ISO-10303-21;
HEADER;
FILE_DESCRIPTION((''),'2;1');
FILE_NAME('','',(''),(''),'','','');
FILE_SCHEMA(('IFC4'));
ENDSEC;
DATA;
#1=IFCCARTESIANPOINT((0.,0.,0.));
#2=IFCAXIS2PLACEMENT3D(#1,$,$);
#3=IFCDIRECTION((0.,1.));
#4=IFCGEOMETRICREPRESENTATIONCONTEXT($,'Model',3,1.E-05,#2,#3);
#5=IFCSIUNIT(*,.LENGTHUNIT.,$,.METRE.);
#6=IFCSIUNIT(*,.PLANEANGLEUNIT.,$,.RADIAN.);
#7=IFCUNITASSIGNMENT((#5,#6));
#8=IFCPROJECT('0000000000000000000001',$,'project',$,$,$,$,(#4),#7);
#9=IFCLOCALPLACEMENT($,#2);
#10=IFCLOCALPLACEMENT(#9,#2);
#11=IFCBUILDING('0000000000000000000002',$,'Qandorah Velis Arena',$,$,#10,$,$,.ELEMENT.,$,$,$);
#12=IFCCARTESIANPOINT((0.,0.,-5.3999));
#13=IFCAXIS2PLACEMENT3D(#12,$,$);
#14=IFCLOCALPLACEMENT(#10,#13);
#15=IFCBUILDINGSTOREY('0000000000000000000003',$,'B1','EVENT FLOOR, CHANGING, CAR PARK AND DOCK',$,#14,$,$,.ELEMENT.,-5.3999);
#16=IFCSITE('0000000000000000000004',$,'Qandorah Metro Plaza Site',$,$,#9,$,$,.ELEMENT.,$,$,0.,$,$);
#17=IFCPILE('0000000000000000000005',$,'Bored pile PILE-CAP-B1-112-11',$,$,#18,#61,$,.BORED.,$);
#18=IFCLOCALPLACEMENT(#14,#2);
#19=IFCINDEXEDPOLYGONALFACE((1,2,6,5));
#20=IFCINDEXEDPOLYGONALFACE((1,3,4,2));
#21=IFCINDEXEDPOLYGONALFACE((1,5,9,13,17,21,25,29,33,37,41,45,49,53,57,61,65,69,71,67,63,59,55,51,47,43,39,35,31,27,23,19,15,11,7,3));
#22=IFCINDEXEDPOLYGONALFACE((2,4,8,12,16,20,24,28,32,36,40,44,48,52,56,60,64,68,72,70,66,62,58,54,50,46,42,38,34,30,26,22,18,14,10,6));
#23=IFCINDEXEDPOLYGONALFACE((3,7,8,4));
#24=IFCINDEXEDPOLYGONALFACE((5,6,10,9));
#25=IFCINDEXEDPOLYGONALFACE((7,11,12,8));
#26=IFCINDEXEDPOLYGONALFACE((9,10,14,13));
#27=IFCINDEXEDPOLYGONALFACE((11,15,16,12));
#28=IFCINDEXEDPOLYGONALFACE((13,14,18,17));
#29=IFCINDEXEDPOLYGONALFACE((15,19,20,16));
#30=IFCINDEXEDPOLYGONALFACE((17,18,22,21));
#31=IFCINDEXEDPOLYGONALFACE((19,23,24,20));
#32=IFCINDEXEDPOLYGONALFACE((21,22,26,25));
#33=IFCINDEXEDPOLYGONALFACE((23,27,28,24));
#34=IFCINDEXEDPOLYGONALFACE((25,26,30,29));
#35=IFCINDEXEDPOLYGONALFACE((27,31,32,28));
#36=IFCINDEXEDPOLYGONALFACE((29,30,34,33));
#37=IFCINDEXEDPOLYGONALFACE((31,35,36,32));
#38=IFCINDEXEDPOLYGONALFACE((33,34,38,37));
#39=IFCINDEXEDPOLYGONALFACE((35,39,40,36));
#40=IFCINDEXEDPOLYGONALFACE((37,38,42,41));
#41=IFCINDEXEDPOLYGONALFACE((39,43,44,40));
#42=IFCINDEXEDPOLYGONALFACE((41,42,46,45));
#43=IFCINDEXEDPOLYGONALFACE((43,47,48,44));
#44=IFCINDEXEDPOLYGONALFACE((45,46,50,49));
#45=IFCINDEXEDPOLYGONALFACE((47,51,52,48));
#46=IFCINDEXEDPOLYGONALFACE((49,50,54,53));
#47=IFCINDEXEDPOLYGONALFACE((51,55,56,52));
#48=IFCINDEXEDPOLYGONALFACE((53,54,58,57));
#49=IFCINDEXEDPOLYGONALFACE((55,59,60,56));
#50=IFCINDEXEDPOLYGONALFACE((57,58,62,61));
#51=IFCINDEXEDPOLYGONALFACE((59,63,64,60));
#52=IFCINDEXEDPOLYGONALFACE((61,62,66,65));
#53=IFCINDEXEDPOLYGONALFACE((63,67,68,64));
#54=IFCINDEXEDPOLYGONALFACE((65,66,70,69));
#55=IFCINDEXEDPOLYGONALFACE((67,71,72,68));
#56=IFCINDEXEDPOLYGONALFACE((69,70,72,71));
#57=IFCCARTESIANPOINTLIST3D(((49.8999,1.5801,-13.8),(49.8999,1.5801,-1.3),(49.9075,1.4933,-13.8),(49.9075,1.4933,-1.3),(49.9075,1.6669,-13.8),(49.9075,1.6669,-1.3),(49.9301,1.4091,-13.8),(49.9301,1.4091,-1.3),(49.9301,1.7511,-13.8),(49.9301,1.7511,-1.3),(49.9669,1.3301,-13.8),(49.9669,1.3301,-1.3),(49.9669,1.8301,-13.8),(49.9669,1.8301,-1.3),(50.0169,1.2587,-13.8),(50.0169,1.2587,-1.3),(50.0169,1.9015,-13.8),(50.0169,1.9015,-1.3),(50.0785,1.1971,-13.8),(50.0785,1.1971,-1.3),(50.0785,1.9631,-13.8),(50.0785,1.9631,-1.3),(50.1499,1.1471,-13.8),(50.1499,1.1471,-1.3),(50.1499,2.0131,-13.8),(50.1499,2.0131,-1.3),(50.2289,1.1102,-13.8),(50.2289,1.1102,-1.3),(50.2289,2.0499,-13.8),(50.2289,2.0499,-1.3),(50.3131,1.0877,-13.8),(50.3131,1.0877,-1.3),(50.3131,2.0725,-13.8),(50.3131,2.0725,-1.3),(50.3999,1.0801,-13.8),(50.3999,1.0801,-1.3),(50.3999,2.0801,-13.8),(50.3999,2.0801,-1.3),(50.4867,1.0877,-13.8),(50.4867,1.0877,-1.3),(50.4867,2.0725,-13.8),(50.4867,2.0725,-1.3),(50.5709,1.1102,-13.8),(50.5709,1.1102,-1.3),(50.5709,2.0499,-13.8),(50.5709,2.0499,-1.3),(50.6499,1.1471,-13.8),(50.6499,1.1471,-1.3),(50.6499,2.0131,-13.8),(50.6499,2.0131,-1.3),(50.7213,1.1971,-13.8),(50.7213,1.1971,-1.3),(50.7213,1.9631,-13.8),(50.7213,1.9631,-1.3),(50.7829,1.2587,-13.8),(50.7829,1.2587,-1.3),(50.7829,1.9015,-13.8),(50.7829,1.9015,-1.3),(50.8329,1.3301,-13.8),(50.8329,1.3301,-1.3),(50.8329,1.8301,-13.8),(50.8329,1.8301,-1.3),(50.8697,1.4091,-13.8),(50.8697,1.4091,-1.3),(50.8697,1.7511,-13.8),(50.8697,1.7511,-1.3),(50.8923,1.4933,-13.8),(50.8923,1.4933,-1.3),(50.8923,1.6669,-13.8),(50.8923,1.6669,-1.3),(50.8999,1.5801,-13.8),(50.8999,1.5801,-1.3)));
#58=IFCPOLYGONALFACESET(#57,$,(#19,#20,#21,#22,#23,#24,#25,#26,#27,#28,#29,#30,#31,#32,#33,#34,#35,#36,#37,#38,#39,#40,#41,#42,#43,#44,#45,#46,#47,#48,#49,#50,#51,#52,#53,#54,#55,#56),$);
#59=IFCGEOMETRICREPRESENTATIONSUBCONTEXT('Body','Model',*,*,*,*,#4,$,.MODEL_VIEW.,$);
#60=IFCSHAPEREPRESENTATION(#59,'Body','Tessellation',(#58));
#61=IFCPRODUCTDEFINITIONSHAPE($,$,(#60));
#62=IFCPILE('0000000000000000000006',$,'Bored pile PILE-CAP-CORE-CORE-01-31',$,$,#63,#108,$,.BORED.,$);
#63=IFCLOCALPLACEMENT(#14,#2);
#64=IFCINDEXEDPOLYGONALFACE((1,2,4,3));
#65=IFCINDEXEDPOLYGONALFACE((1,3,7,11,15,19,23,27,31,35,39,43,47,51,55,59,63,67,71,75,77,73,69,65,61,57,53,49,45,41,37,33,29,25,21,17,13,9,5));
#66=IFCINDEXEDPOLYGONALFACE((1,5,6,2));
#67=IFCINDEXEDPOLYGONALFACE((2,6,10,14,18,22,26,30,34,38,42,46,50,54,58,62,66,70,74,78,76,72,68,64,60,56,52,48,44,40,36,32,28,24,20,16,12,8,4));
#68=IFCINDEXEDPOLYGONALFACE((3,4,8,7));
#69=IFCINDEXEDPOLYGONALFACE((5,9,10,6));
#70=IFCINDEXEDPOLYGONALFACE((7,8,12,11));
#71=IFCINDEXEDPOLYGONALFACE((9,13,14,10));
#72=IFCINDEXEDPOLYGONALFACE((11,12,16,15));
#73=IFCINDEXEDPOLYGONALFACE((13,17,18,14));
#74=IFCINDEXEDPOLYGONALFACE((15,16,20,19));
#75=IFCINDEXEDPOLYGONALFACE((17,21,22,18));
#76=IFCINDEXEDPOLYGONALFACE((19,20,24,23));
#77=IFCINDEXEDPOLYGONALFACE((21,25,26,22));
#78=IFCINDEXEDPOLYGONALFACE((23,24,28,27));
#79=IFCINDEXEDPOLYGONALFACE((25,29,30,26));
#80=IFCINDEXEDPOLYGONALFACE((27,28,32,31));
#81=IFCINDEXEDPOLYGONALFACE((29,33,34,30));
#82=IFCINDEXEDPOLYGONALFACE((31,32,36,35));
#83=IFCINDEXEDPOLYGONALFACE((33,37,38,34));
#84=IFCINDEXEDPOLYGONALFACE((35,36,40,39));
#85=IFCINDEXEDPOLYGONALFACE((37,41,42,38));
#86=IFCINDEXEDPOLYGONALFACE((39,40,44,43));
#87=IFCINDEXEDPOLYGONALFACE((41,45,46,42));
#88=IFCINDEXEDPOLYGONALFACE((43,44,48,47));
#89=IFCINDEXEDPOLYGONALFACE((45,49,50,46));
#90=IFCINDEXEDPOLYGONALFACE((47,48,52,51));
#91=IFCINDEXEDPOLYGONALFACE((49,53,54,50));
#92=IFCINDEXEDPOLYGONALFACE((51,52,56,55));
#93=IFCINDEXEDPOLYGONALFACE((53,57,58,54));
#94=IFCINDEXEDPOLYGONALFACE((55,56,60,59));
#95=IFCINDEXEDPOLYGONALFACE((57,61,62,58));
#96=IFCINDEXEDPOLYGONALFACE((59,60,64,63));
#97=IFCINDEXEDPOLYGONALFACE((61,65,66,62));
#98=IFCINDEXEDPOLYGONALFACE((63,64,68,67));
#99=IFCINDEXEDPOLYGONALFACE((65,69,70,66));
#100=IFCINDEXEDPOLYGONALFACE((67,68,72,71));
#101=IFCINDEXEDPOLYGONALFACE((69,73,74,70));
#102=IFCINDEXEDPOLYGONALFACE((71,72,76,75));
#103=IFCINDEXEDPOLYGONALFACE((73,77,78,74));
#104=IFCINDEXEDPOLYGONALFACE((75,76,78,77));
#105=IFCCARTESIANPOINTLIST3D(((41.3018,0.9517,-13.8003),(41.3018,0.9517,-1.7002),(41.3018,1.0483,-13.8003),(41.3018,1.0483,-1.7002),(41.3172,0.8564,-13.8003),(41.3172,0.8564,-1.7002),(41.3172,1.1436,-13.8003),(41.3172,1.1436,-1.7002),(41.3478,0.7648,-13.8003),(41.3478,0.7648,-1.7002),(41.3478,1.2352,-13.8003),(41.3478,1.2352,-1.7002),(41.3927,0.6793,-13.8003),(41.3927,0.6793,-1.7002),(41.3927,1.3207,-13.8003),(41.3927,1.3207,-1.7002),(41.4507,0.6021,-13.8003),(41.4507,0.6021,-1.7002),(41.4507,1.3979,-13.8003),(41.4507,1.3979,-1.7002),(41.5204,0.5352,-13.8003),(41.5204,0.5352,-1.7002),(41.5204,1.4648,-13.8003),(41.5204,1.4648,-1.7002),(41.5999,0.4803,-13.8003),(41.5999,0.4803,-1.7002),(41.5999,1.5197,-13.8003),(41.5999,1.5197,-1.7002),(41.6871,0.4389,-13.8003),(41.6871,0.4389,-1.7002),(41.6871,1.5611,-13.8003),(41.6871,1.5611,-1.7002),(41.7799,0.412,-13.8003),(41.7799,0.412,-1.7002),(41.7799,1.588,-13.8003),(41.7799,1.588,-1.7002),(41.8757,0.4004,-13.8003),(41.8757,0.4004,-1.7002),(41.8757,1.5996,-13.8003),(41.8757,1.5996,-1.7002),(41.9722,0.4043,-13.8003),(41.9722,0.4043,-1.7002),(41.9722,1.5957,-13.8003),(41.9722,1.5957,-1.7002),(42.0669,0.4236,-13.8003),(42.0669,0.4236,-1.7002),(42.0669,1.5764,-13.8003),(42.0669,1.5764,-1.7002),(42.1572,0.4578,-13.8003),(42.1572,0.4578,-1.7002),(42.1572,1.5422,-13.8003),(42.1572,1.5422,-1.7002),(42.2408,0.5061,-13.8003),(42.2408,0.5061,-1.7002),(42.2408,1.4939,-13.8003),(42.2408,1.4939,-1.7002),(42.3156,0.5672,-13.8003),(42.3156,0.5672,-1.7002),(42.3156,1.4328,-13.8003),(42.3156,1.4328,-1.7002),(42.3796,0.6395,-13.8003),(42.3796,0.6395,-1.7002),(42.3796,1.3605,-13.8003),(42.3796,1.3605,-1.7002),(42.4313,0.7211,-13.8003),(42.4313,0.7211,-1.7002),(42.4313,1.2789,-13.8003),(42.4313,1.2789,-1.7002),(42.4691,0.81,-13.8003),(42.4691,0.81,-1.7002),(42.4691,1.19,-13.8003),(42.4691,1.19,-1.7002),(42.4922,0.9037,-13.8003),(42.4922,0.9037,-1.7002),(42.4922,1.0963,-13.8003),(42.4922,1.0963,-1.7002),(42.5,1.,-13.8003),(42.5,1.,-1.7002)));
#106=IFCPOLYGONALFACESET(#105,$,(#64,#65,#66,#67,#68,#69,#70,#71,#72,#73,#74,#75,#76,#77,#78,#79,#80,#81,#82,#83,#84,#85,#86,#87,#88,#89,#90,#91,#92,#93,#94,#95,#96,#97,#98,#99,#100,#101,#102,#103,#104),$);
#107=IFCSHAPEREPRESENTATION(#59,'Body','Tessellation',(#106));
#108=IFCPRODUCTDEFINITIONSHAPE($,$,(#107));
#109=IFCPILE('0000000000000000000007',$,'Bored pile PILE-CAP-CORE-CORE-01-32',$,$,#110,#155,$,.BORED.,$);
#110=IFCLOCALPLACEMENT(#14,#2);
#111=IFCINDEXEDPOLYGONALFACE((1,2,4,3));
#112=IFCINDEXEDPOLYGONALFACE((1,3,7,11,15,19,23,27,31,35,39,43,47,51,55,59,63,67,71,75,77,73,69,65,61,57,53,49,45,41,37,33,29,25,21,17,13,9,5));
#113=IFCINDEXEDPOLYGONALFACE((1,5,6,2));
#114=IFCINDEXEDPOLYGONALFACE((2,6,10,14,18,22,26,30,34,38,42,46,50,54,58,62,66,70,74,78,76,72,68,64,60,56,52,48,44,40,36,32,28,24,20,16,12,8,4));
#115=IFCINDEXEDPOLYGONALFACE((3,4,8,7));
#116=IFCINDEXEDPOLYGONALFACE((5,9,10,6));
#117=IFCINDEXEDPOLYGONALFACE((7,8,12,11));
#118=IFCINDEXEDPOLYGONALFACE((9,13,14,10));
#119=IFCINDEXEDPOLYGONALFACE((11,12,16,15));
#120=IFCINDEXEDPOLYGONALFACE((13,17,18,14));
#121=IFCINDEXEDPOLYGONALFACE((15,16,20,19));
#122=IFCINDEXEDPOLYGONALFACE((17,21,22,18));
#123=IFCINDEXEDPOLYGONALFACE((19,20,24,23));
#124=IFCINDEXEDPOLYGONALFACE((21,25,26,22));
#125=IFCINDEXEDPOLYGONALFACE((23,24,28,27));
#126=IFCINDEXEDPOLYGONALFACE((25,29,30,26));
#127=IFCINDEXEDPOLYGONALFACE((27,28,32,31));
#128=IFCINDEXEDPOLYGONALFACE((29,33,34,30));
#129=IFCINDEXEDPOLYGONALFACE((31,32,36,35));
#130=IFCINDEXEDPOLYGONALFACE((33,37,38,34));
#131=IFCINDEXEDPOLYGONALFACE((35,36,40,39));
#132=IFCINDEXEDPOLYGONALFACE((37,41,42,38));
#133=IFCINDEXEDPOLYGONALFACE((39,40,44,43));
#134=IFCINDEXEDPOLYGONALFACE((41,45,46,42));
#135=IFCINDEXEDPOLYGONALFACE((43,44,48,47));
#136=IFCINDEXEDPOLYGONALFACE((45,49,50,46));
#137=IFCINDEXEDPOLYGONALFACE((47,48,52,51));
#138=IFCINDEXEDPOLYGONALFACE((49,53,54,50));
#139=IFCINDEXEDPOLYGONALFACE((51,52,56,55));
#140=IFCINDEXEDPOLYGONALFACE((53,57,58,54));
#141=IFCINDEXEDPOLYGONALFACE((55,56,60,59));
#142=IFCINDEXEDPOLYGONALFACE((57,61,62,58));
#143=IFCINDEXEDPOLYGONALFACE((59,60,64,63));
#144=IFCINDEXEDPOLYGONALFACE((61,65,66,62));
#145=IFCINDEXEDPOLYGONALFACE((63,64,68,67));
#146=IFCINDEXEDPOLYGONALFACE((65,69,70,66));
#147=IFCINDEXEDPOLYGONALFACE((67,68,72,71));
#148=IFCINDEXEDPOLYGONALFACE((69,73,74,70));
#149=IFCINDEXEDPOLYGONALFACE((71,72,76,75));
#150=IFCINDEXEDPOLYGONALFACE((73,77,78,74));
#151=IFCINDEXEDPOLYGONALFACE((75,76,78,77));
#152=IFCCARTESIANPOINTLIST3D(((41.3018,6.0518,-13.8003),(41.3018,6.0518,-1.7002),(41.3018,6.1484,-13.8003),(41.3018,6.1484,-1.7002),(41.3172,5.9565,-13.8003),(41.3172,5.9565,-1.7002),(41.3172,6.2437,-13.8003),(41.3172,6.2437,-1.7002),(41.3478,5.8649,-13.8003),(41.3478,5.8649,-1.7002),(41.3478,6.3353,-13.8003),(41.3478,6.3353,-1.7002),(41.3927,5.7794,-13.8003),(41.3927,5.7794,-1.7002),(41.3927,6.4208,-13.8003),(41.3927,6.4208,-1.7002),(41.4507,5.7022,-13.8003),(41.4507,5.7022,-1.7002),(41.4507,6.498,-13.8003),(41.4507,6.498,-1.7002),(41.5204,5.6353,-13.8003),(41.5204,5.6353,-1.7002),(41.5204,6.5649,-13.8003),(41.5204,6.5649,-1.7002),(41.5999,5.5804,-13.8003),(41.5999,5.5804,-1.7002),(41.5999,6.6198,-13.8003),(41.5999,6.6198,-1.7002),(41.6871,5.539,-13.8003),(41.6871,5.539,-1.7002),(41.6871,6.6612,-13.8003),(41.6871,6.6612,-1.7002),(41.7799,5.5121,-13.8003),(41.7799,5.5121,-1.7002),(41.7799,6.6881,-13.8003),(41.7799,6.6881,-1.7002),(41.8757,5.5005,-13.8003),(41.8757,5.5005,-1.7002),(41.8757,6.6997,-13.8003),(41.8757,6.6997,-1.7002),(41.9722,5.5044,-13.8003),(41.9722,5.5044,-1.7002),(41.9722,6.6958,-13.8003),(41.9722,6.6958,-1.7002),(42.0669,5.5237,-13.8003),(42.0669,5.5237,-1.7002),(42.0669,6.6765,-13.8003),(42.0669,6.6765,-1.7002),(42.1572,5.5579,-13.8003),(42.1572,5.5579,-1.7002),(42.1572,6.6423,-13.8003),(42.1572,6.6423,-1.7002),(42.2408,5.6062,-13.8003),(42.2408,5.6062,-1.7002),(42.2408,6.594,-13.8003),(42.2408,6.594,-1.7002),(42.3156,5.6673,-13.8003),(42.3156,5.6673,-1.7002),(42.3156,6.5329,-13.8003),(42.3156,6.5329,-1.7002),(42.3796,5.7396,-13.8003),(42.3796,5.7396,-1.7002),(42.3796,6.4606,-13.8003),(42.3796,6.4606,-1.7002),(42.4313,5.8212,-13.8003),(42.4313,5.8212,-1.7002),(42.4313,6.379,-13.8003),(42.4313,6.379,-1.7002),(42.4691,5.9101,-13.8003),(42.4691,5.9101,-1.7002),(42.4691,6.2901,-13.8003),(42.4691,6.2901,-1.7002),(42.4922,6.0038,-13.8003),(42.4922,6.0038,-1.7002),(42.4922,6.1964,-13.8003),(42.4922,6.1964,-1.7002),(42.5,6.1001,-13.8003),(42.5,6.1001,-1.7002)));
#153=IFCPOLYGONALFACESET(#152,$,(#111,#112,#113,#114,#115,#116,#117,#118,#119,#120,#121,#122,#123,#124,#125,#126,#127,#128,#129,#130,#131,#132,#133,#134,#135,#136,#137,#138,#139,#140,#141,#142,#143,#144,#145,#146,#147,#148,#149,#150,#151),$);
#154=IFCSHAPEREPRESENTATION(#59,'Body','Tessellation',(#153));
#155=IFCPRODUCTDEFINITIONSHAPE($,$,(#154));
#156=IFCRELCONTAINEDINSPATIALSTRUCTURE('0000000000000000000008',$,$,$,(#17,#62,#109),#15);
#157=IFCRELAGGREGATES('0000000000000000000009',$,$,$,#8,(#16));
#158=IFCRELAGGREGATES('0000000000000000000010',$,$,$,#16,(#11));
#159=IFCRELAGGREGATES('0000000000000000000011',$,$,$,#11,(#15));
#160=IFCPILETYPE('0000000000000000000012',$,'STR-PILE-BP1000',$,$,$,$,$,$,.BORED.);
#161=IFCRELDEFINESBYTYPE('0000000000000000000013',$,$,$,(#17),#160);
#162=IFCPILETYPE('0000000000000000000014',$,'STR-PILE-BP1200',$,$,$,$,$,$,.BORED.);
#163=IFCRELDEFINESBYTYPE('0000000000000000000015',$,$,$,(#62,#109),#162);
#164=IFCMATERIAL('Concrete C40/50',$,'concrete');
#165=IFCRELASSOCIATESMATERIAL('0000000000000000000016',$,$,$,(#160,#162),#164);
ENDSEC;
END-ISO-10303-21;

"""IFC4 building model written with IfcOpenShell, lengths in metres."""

from ifc_helpers import new_model, si_unit, direction, frame, origin, origin_2d, place, context, subcontext, project, spatial, circle, extrude, material, material_profile, profile_set, type_object, element, save


model = new_model("IFC4")

# Units and contexts
model_context = context("Model", 3, precision=1e-05, world=origin(), true_north=direction((0.0, 1.0)))
body_context = subcontext(model_context, "Body", "Model", "MODEL_VIEW")
ifc_project = project(units=[si_unit("LENGTHUNIT", "METRE"), si_unit("PLANEANGLEUNIT", "RADIAN")], contexts=[model_context])

# Site, building, storey
site_placement = place(None, origin())
site = spatial("IfcSite", under=ifc_project, at=site_placement, Name="Qandorah Metro Plaza Site", CompositionType="ELEMENT", RefElevation=0.0)
building_placement = place(site_placement, origin())
building = spatial("IfcBuilding", under=site, at=building_placement, Name="Qandorah Velis Arena", CompositionType="ELEMENT")
storey_placement = place(building_placement, frame((0.0, 0.0, -5.3999)))
storey = spatial("IfcBuildingStorey", under=building, at=storey_placement, Name="B1", Description="EVENT FLOOR, CHANGING, CAR PARK AND DOCK", CompositionType="ELEMENT", Elevation=-5.3999)

# Shared definitions
ifc_material_1 = material(Name="Concrete C40/50", Category="concrete")

# Piles
ifc_material_profile_1 = material_profile(ifc_material_1, circle(Radius=0.5, at=origin_2d()), Name="BORED PILE D1000")
ifc_profile_set_1 = profile_set([ifc_material_profile_1], Name="Concrete C40/50")
pile_type_1 = type_object("IfcPileType", Name="STR-PILE-BP1000", PredefinedType="BORED", material=ifc_profile_set_1)
pile_1_placement = place(storey_placement, frame((50.3999, 1.5801, -1.3), z_axis=(0.0, 0.0, -1.0), x_axis=(1.0, 0.0, 0.0)))
element("IfcPile", 1, at=pile_1_placement, inside=storey, type_object=pile_type_1, Name="Bored pile PILE-CAP-B1-112-11", PredefinedType="BORED", context=body_context, shape_type="SweptSolid", body=[
    extrude(circle(Radius=0.5, at=origin_2d()), origin(), (0.0, 0.0, 1.0), 12.5),
])
ifc_material_profile_2 = material_profile(ifc_material_1, circle(Radius=0.6001, at=origin_2d()), Name="BORED PILE D1200")
ifc_profile_set_2 = profile_set([ifc_material_profile_2], Name="Concrete C40/50")
pile_type_2 = type_object("IfcPileType", Name="STR-PILE-BP1200", PredefinedType="BORED", material=ifc_profile_set_2)
for number, where, z_axis, x_axis, name in (
    (2, (41.8999, 1.0, -1.7002), (0.0, 0.0, -1.0), (1.0, 0.0, 0.0), "Bored pile PILE-CAP-CORE-CORE-01-31"),
    (3, (41.8999, 6.1001, -1.7002), (0.0, 0.0, -1.0), (1.0, 0.0, 0.0), "Bored pile PILE-CAP-CORE-CORE-01-32"),
):
    element("IfcPile", number, at=place(storey_placement, frame(where, z_axis=z_axis, x_axis=x_axis)), inside=storey, type_object=pile_type_2, Name=name, PredefinedType="BORED", context=body_context, shape_type="SweptSolid", body=[
        extrude(circle(Radius=0.6001, at=origin_2d()), origin(), (0.0, 0.0, 1.0), 12.1001),
    ])

save(model, "model.ifc")
